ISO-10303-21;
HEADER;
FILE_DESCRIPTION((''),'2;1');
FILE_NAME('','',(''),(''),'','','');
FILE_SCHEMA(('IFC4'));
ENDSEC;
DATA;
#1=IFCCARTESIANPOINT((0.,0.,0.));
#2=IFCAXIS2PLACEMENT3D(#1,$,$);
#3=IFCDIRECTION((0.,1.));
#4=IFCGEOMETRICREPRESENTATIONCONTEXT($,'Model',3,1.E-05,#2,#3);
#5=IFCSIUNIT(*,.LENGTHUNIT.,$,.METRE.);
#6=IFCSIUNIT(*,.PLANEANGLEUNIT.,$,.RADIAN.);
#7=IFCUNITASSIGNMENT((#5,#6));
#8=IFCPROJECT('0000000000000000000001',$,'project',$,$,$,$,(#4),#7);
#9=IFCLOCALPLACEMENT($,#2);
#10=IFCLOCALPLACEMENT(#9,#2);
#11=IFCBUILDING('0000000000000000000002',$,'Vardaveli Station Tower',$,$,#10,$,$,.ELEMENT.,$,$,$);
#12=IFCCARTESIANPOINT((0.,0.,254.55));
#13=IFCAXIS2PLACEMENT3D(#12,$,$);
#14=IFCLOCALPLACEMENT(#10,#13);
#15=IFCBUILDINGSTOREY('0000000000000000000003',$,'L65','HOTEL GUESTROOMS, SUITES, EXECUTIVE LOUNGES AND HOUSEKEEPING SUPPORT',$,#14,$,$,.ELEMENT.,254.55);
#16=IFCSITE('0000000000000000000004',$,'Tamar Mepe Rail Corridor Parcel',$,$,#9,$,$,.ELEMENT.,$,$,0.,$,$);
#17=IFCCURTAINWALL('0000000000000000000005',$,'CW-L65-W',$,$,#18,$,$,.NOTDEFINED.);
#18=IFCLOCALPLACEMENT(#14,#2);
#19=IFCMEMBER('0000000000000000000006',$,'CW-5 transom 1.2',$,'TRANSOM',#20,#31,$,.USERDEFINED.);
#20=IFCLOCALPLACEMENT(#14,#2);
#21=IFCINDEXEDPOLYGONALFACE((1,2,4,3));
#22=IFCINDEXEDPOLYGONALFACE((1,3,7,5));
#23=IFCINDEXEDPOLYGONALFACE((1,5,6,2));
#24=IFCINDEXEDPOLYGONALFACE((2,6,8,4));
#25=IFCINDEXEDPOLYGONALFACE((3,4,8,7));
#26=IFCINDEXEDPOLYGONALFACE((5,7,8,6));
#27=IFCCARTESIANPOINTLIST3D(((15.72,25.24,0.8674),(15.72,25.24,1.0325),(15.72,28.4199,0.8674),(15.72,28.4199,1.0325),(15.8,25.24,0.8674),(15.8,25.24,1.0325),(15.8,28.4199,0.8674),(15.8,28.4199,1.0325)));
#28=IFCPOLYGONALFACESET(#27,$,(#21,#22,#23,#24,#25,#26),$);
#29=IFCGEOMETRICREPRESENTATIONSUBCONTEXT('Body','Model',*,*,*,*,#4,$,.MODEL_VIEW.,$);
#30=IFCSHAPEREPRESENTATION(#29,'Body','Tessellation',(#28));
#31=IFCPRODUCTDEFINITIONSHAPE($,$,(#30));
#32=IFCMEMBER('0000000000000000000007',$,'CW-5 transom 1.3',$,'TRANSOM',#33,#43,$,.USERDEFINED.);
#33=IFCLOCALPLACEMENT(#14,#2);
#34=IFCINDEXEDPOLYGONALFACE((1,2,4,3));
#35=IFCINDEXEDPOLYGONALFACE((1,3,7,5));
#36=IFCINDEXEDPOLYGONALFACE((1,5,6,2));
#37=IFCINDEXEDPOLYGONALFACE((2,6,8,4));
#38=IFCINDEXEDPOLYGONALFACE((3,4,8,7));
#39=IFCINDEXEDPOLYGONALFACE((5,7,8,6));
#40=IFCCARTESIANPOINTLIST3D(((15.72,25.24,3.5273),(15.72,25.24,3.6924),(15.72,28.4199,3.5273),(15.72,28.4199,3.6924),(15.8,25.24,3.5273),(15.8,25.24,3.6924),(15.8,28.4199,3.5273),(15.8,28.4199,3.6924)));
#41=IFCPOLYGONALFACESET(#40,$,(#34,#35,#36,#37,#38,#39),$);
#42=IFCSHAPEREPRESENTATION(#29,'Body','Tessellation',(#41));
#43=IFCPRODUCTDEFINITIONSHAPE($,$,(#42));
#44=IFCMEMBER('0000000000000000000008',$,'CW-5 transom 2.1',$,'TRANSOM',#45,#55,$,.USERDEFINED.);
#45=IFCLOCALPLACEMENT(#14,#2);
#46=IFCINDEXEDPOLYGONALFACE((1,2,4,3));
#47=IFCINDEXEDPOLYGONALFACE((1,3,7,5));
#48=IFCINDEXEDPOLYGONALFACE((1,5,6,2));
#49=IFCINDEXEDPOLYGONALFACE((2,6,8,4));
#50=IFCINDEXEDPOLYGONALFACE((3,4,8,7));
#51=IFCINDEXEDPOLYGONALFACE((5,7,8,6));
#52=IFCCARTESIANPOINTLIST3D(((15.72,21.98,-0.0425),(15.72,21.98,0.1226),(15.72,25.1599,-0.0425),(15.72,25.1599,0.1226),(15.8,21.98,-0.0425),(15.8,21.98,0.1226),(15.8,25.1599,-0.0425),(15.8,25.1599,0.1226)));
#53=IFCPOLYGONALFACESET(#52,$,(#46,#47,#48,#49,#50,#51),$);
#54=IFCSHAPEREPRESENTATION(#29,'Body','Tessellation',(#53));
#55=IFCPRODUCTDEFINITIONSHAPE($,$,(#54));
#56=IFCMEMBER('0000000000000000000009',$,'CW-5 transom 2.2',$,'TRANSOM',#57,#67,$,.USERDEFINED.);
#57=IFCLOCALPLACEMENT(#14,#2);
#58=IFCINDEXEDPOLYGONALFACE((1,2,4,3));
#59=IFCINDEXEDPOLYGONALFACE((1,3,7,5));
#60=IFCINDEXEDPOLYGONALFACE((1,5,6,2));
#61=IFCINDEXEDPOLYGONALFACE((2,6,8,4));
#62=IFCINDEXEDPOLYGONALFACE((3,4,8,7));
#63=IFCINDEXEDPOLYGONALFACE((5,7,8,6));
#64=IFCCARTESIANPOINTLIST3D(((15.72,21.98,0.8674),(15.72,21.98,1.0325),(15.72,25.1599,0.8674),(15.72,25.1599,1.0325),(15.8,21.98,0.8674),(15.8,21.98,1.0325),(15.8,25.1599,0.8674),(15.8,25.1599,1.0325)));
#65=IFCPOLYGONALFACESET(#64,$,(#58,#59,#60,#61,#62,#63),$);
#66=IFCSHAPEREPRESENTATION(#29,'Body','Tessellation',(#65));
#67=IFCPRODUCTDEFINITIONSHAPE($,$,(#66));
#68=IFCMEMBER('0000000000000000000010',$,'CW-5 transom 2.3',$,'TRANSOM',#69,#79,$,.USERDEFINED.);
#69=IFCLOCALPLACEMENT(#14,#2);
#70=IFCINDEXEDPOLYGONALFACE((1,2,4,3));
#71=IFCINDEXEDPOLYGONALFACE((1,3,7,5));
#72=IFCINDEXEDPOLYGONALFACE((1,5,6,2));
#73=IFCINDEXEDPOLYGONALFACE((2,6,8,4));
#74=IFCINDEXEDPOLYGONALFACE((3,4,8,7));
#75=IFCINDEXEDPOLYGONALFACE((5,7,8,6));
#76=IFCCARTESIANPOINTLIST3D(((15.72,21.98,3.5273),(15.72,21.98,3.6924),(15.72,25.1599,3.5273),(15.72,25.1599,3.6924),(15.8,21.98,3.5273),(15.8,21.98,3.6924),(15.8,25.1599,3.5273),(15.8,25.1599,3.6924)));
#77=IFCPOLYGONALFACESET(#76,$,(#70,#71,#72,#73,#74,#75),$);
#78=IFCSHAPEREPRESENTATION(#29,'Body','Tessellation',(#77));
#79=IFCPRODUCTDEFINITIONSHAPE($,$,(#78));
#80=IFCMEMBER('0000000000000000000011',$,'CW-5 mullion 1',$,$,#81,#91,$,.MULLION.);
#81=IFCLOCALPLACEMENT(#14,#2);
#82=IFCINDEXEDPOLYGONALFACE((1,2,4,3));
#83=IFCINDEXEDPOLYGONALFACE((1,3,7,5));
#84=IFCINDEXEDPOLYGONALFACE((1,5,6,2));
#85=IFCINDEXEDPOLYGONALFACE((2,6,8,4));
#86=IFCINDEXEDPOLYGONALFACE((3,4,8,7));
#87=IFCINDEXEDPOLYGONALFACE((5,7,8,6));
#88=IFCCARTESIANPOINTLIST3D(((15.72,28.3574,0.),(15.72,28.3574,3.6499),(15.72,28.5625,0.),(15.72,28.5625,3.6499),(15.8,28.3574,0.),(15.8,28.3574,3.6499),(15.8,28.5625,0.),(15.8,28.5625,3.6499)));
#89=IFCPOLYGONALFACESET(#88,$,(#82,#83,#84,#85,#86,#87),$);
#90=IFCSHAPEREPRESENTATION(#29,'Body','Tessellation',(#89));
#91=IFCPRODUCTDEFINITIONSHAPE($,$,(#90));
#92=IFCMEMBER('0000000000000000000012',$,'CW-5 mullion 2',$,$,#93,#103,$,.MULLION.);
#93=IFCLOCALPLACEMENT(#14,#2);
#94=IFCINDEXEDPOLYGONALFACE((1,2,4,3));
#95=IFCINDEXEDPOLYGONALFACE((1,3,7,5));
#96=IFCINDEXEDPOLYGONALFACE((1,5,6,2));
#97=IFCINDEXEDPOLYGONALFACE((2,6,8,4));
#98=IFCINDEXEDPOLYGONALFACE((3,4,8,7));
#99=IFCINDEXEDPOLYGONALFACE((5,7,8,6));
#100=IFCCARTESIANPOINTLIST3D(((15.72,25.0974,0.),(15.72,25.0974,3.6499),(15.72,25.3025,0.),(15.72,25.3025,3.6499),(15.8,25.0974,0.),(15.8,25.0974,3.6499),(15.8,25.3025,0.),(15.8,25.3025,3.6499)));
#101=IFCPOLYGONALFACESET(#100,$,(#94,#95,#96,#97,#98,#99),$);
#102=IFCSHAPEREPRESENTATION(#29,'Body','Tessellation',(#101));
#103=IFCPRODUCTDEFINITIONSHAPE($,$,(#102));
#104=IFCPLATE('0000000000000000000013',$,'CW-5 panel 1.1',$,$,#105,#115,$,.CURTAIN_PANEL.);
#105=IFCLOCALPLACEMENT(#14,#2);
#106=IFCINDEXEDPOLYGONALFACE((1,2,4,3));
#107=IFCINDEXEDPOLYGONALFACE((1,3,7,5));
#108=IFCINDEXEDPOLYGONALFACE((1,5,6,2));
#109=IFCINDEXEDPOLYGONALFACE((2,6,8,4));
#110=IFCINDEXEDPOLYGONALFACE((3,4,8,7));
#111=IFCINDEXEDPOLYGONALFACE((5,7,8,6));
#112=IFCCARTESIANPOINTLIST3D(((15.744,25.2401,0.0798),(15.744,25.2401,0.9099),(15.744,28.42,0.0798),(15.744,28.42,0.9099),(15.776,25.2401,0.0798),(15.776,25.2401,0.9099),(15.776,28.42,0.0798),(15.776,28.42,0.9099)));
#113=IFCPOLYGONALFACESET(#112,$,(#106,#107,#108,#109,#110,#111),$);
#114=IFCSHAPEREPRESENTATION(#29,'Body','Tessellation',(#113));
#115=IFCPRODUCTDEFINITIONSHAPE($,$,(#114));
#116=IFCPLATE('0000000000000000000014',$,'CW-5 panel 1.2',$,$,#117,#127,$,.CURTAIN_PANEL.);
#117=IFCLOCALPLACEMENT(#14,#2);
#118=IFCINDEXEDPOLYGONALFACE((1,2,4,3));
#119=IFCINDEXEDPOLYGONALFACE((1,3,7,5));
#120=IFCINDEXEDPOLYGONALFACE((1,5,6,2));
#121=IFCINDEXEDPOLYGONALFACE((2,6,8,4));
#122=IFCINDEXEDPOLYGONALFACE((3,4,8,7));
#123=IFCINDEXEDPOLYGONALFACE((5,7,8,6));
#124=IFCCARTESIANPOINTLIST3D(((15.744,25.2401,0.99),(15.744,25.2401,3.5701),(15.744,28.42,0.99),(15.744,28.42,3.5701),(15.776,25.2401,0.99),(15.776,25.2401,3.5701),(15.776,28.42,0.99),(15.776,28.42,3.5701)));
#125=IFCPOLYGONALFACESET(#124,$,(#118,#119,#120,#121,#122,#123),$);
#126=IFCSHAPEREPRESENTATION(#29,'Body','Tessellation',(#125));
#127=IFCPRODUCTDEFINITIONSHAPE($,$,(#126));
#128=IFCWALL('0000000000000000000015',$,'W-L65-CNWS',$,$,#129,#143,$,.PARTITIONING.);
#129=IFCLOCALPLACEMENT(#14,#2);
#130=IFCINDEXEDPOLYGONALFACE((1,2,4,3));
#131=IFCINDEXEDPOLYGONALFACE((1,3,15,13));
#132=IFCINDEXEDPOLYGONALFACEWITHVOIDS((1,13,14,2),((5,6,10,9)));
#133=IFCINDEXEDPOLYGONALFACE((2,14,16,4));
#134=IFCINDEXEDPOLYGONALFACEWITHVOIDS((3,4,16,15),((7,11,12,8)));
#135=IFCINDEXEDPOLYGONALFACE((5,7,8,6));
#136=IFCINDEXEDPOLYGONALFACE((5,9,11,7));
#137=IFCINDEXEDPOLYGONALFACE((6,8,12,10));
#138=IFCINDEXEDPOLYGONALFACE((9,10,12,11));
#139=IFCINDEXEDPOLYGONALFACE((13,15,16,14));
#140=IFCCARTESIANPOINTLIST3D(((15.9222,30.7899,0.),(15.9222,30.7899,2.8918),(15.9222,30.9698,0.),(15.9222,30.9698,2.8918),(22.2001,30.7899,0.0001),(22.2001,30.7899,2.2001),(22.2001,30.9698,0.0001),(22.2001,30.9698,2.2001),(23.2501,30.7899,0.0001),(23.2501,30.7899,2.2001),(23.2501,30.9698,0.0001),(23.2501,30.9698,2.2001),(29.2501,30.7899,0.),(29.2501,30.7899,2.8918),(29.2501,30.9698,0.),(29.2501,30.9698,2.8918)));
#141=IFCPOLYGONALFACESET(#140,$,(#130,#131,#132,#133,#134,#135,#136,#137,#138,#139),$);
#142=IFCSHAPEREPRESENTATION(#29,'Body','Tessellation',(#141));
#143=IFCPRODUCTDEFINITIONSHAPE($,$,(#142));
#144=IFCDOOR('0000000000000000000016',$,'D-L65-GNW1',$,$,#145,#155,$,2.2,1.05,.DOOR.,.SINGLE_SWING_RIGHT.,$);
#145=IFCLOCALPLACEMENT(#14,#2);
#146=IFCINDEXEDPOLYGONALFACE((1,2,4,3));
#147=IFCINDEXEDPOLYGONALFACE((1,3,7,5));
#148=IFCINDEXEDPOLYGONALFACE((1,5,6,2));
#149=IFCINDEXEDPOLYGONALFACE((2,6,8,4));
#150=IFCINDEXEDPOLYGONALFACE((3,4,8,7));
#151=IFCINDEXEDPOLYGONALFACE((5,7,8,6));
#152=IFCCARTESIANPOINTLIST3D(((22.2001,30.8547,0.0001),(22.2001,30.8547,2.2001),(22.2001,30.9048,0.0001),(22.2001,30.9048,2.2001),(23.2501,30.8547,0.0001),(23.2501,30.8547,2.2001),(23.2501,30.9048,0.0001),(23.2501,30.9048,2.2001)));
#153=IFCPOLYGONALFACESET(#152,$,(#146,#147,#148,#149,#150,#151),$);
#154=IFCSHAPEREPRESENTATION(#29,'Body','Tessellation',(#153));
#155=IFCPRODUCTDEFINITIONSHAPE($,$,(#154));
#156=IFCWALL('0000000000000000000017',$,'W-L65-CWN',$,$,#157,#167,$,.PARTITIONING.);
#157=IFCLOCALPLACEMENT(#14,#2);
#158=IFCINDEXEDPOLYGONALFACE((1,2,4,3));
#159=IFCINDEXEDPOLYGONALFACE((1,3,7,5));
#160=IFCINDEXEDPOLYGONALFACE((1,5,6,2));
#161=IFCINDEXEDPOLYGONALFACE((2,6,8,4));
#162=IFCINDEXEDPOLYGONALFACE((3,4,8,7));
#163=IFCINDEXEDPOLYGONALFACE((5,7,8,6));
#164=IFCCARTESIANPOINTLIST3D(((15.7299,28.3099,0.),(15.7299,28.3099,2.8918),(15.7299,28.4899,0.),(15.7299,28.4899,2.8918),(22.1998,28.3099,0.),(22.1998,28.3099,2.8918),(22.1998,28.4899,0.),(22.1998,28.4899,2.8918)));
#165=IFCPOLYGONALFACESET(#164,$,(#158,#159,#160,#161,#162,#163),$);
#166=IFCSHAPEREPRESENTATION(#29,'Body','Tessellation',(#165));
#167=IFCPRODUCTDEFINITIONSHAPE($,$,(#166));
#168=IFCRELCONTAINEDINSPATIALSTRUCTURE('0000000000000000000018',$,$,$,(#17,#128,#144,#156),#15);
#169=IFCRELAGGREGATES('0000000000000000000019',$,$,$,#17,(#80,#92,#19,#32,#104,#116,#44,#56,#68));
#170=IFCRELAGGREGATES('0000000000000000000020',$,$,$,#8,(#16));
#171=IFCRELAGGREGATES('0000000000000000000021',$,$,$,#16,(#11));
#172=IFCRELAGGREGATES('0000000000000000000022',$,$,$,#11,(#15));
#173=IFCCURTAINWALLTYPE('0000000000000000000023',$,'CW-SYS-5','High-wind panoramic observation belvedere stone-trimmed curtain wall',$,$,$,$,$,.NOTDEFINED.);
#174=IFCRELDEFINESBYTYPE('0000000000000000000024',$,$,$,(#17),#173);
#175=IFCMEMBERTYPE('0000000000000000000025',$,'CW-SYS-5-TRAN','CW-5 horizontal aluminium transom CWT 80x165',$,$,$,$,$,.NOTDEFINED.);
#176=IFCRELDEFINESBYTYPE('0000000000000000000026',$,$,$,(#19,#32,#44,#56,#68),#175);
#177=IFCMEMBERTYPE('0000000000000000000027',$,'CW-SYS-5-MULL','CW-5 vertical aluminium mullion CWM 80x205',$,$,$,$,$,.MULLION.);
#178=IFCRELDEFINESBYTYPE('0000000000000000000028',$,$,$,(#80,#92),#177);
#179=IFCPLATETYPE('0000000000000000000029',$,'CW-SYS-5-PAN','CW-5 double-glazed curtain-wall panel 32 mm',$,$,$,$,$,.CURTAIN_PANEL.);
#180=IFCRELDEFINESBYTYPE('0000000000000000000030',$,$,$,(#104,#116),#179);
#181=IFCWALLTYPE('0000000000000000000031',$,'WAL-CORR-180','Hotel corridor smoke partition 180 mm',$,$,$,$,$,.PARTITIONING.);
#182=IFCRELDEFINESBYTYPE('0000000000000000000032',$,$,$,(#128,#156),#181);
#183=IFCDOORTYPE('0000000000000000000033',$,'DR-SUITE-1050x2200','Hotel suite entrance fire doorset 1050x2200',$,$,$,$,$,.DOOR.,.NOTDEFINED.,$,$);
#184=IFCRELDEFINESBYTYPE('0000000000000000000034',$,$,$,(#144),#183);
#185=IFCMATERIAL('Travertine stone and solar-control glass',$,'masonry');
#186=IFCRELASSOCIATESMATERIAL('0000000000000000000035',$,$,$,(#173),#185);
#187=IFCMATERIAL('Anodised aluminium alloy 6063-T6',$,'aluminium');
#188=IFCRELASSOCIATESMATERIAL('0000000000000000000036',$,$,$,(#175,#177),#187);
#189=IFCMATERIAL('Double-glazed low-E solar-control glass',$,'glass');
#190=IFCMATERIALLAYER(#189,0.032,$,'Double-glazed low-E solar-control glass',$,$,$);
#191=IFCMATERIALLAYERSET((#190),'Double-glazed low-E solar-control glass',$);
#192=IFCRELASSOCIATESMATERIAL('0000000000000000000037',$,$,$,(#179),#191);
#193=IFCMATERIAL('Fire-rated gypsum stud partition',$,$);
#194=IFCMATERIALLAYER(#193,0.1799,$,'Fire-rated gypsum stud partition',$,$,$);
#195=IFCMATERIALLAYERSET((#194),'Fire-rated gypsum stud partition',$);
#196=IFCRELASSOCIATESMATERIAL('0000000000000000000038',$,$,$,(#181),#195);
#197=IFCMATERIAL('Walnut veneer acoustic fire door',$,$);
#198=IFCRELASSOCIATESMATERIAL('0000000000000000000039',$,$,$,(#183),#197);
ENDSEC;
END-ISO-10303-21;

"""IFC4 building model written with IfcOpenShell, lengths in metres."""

from ifc_helpers import new_model, si_unit, direction, frame, frame_2d, origin, origin_2d, place, context, subcontext, project, spatial, rectangle, extrude, source, transform, mapped, material, layer, layer_set, material_profile, profile_set, type_object, element, fill, aggregate, save


model = new_model("IFC4")

# Units and contexts
model_context = context("Model", 3, precision=1e-05, world=origin(), true_north=direction((0.0, 1.0)))
body_context = subcontext(model_context, "Body", "Model", "MODEL_VIEW")
ifc_project = project(units=[si_unit("LENGTHUNIT", "METRE"), si_unit("PLANEANGLEUNIT", "RADIAN")], contexts=[model_context])

# Site, building, storey
site_placement = place(None, origin())
site = spatial("IfcSite", under=ifc_project, at=site_placement, Name="Tamar Mepe Rail Corridor Parcel", CompositionType="ELEMENT", RefElevation=0.0)
building_placement = place(site_placement, origin())
building = spatial("IfcBuilding", under=site, at=building_placement, Name="Vardaveli Station Tower", CompositionType="ELEMENT")
storey_placement = place(building_placement, frame((0.0, 0.0, 254.55)))
storey = spatial("IfcBuildingStorey", under=building, at=storey_placement, Name="L65", Description="HOTEL GUESTROOMS, SUITES, EXECUTIVE LOUNGES AND HOUSEKEEPING SUPPORT", CompositionType="ELEMENT", Elevation=254.55)

# Curtain wall, members, plates
ifc_material_1 = material(Name="Travertine stone and solar-control glass", Category="masonry")
curtain_wall_type = type_object("IfcCurtainWallType", Name="CW-SYS-5", Description="High-wind panoramic observation belvedere stone-trimmed curtain wall", PredefinedType="NOTDEFINED", material=ifc_material_1)
curtain_wall_placement = place(storey_placement, origin())
curtain_wall = element("IfcCurtainWall", 1, at=curtain_wall_placement, inside=storey, type_object=curtain_wall_type, Name="CW-L65-W", PredefinedType="NOTDEFINED")
ifc_material_2 = material(Name="Anodised aluminium alloy 6063-T6", Category="aluminium")
ifc_material_profile_1 = material_profile(ifc_material_2, rectangle(XDim=0.0801, YDim=0.165, at=origin_2d()), Name="CWT 80x165")
ifc_profile_set_1 = profile_set([ifc_material_profile_1], Name="Anodised aluminium alloy 6063-T6")
member_type_1 = type_object("IfcMemberType", Name="CW-SYS-5-TRAN", Description="CW-5 horizontal aluminium transom CWT 80x165", PredefinedType="NOTDEFINED", material=ifc_profile_set_1)
shared_shape_1 = source(origin(), body_context, "Body", "SweptSolid", [
    extrude(rectangle(XDim=0.0801, YDim=0.165, at=origin_2d()), origin(), (0.0, 0.0, 1.0), 3.1799),
])
member_1_placement = place(storey_placement, frame((15.76, 28.4199, 0.95), z_axis=(0.0, -1.0, 0.0), x_axis=(1.0, 0.0, 0.0)))
member_1 = element("IfcMember", 2, at=member_1_placement, type_object=member_type_1, Name="CW-5 transom 1.2", ObjectType="TRANSOM", PredefinedType="USERDEFINED", context=body_context, shape_type="MappedRepresentation", body=[
    mapped(shared_shape_1, transform((0.0, 0.0, 0.0), scale=1.0)),
])
member_2_placement = place(storey_placement, frame((15.76, 28.4199, 3.6099), z_axis=(0.0, -1.0, 0.0), x_axis=(1.0, 0.0, 0.0)))
member_2 = element("IfcMember", 3, at=member_2_placement, type_object=member_type_1, Name="CW-5 transom 1.3", ObjectType="TRANSOM", PredefinedType="USERDEFINED", context=body_context, shape_type="MappedRepresentation", body=[
    mapped(shared_shape_1, transform((0.0, 0.0, 0.0), scale=1.0)),
])
member_3_placement = place(storey_placement, frame((15.76, 25.1599, 0.04), z_axis=(0.0, -1.0, 0.0), x_axis=(1.0, 0.0, 0.0)))
member_3 = element("IfcMember", 4, at=member_3_placement, type_object=member_type_1, Name="CW-5 transom 2.1", ObjectType="TRANSOM", PredefinedType="USERDEFINED", context=body_context, shape_type="MappedRepresentation", body=[
    mapped(shared_shape_1, transform((0.0, 0.0, 0.0), scale=1.0)),
])
member_4_placement = place(storey_placement, frame((15.76, 25.1599, 0.95), z_axis=(0.0, -1.0, 0.0), x_axis=(1.0, 0.0, 0.0)))
member_4 = element("IfcMember", 5, at=member_4_placement, type_object=member_type_1, Name="CW-5 transom 2.2", ObjectType="TRANSOM", PredefinedType="USERDEFINED", context=body_context, shape_type="MappedRepresentation", body=[
    mapped(shared_shape_1, transform((0.0, 0.0, 0.0), scale=1.0)),
])
member_5_placement = place(storey_placement, frame((15.76, 25.1599, 3.6099), z_axis=(0.0, -1.0, 0.0), x_axis=(1.0, 0.0, 0.0)))
member_5 = element("IfcMember", 6, at=member_5_placement, type_object=member_type_1, Name="CW-5 transom 2.3", ObjectType="TRANSOM", PredefinedType="USERDEFINED", context=body_context, shape_type="MappedRepresentation", body=[
    mapped(shared_shape_1, transform((0.0, 0.0, 0.0), scale=1.0)),
])
ifc_material_profile_2 = material_profile(ifc_material_2, rectangle(XDim=0.0801, YDim=0.2051, at=origin_2d()), Name="CWM 80x205")
ifc_profile_set_2 = profile_set([ifc_material_profile_2], Name="Anodised aluminium alloy 6063-T6")
member_type_2 = type_object("IfcMemberType", Name="CW-SYS-5-MULL", Description="CW-5 vertical aluminium mullion CWM 80x205", PredefinedType="MULLION", material=ifc_profile_set_2)
shared_shape_2 = source(origin(), body_context, "Body", "SweptSolid", [
    extrude(rectangle(XDim=0.0801, YDim=0.2051, at=origin_2d()), origin(), (0.0, 0.0, 1.0), 3.6499),
])
member_6_placement = place(storey_placement, frame((15.76, 28.46, 0.0), z_axis=(0.0, 0.0, 1.0), x_axis=(1.0, 0.0, 0.0)))
member_6 = element("IfcMember", 7, at=member_6_placement, type_object=member_type_2, Name="CW-5 mullion 1", PredefinedType="MULLION", context=body_context, shape_type="MappedRepresentation", body=[
    mapped(shared_shape_2, transform((0.0, 0.0, 0.0), scale=1.0)),
])
member_7_placement = place(storey_placement, frame((15.76, 25.2, 0.0), z_axis=(0.0, 0.0, 1.0), x_axis=(1.0, 0.0, 0.0)))
member_7 = element("IfcMember", 8, at=member_7_placement, type_object=member_type_2, Name="CW-5 mullion 2", PredefinedType="MULLION", context=body_context, shape_type="MappedRepresentation", body=[
    mapped(shared_shape_2, transform((0.0, 0.0, 0.0), scale=1.0)),
])
ifc_material_3 = material(Name="Double-glazed low-E solar-control glass", Category="glass")
ifc_layer_1 = layer(ifc_material_3, 0.032, Name="Double-glazed low-E solar-control glass")
ifc_layer_set_1 = layer_set([ifc_layer_1], Name="Double-glazed low-E solar-control glass")
plate_type = type_object("IfcPlateType", Name="CW-SYS-5-PAN", Description="CW-5 double-glazed curtain-wall panel 32 mm", PredefinedType="CURTAIN_PANEL", material=ifc_layer_set_1)
shared_shape_3 = source(origin(), body_context, "Body", "SweptSolid", [
    extrude(rectangle(XDim=3.1799, YDim=0.032, at=origin_2d()), origin(), (0.0, 0.0, 1.0), 0.8301),
])
plate_1_placement = place(storey_placement, frame((15.76, 26.8301, 0.0798), z_axis=(0.0, 0.0, 1.0), x_axis=(0.0, -1.0, 0.0)))
plate_1 = element("IfcPlate", 9, at=plate_1_placement, type_object=plate_type, Name="CW-5 panel 1.1", PredefinedType="CURTAIN_PANEL", context=body_context, shape_type="MappedRepresentation", body=[
    mapped(shared_shape_3, transform((0.0, 0.0, 0.0), scale=1.0)),
])
shared_shape_4 = source(origin(), body_context, "Body", "SweptSolid", [
    extrude(rectangle(XDim=3.1799, YDim=0.032, at=origin_2d()), origin(), (0.0, 0.0, 1.0), 2.5801),
])
plate_2_placement = place(storey_placement, frame((15.76, 26.8301, 0.99), z_axis=(0.0, 0.0, 1.0), x_axis=(0.0, -1.0, 0.0)))
plate_2 = element("IfcPlate", 10, at=plate_2_placement, type_object=plate_type, Name="CW-5 panel 1.2", PredefinedType="CURTAIN_PANEL", context=body_context, shape_type="MappedRepresentation", body=[
    mapped(shared_shape_4, transform((0.0, 0.0, 0.0), scale=1.0)),
])
aggregate(curtain_wall, [member_6, member_7, member_1, member_2, plate_1, plate_2, member_3, member_4, member_5])

# Wall, opening, door
ifc_material_4 = material(Name="Fire-rated gypsum stud partition")
ifc_layer_2 = layer(ifc_material_4, 0.1799, Name="Fire-rated gypsum stud partition")
ifc_layer_set_2 = layer_set([ifc_layer_2], Name="Fire-rated gypsum stud partition")
wall_type = type_object("IfcWallType", Name="WAL-CORR-180", Description="Hotel corridor smoke partition 180 mm", PredefinedType="PARTITIONING", material=ifc_layer_set_2)
shared_shape_5 = source(origin(), body_context, "Body", "SweptSolid", [
    extrude(rectangle(XDim=13.3279, YDim=0.1799, at=frame_2d((6.6641, 0.0))), origin(), (0.0, 0.0, 1.0), 2.8918),
])
wall_1_placement = place(storey_placement, frame((15.9221, 30.8799, 0.0), z_axis=(0.0, 0.0, 1.0), x_axis=(1.0, 0.0, 0.0)))
wall_1 = element("IfcWall", 11, at=wall_1_placement, inside=storey, type_object=wall_type, Name="W-L65-CNWS", PredefinedType="PARTITIONING", context=body_context, shape_type="MappedRepresentation", body=[
    mapped(shared_shape_5, transform((0.0, 0.0, 0.0), scale=1.0)),
])
shared_shape_6 = source(origin(), body_context, "Body", "SweptSolid", [
    extrude(rectangle(XDim=1.05, YDim=2.2, at=frame_2d((0.5249, 1.1001))), frame((0.0, 0.1001, 0.0), z_axis=(0.0, -1.0, 0.0), x_axis=(1.0, 0.0, 0.0)), (0.0, 0.0, 1.0), 0.2),
])
opening_1_placement = place(wall_1_placement, frame((6.2781, 0.0, 0.0)))
opening_1 = element("IfcOpeningElement", 12, at=opening_1_placement, cuts=wall_1, PredefinedType="OPENING", context=body_context, shape_type="MappedRepresentation", body=[
    mapped(shared_shape_6, transform((0.0, 0.0, 0.0), scale=1.0)),
])
ifc_material_5 = material(Name="Walnut veneer acoustic fire door")
door_type = type_object("IfcDoorType", Name="DR-SUITE-1050x2200", Description="Hotel suite entrance fire doorset 1050x2200", OperationType="NOTDEFINED", PredefinedType="DOOR", material=ifc_material_5)
shared_shape_7 = source(origin(), body_context, "Body", "SweptSolid", [
    extrude(rectangle(XDim=1.05, YDim=2.2, at=frame_2d((0.5249, 1.1001))), frame((0.0, 0.0249, 0.0), z_axis=(0.0, -1.0, 0.0), x_axis=(1.0, 0.0, 0.0)), (0.0, 0.0, 1.0), 0.05),
])
door_1_placement = place(opening_1_placement, origin())
door_1 = element("IfcDoor", 13, at=door_1_placement, inside=storey, type_object=door_type, Name="D-L65-GNW1", OperationType="SINGLE_SWING_RIGHT", OverallHeight=2.2, OverallWidth=1.05, PredefinedType="DOOR", context=body_context, shape_type="MappedRepresentation", body=[
    mapped(shared_shape_7, transform((0.0, 0.0, 0.0), scale=1.0)),
])
fill(opening_1, door_1)

# Wall
shared_shape_8 = source(origin(), body_context, "Body", "SweptSolid", [
    extrude(rectangle(XDim=6.47, YDim=0.1799, at=frame_2d((3.2349, 0.0))), origin(), (0.0, 0.0, 1.0), 2.8918),
])
wall_2_placement = place(storey_placement, frame((15.73, 28.3999, 0.0), z_axis=(0.0, 0.0, 1.0), x_axis=(1.0, 0.0, 0.0)))
element("IfcWall", 14, at=wall_2_placement, inside=storey, type_object=wall_type, Name="W-L65-CWN", PredefinedType="PARTITIONING", context=body_context, shape_type="MappedRepresentation", body=[
    mapped(shared_shape_8, transform((0.0, 0.0, 0.0), scale=1.0)),
])

save(model, "model.ifc")
